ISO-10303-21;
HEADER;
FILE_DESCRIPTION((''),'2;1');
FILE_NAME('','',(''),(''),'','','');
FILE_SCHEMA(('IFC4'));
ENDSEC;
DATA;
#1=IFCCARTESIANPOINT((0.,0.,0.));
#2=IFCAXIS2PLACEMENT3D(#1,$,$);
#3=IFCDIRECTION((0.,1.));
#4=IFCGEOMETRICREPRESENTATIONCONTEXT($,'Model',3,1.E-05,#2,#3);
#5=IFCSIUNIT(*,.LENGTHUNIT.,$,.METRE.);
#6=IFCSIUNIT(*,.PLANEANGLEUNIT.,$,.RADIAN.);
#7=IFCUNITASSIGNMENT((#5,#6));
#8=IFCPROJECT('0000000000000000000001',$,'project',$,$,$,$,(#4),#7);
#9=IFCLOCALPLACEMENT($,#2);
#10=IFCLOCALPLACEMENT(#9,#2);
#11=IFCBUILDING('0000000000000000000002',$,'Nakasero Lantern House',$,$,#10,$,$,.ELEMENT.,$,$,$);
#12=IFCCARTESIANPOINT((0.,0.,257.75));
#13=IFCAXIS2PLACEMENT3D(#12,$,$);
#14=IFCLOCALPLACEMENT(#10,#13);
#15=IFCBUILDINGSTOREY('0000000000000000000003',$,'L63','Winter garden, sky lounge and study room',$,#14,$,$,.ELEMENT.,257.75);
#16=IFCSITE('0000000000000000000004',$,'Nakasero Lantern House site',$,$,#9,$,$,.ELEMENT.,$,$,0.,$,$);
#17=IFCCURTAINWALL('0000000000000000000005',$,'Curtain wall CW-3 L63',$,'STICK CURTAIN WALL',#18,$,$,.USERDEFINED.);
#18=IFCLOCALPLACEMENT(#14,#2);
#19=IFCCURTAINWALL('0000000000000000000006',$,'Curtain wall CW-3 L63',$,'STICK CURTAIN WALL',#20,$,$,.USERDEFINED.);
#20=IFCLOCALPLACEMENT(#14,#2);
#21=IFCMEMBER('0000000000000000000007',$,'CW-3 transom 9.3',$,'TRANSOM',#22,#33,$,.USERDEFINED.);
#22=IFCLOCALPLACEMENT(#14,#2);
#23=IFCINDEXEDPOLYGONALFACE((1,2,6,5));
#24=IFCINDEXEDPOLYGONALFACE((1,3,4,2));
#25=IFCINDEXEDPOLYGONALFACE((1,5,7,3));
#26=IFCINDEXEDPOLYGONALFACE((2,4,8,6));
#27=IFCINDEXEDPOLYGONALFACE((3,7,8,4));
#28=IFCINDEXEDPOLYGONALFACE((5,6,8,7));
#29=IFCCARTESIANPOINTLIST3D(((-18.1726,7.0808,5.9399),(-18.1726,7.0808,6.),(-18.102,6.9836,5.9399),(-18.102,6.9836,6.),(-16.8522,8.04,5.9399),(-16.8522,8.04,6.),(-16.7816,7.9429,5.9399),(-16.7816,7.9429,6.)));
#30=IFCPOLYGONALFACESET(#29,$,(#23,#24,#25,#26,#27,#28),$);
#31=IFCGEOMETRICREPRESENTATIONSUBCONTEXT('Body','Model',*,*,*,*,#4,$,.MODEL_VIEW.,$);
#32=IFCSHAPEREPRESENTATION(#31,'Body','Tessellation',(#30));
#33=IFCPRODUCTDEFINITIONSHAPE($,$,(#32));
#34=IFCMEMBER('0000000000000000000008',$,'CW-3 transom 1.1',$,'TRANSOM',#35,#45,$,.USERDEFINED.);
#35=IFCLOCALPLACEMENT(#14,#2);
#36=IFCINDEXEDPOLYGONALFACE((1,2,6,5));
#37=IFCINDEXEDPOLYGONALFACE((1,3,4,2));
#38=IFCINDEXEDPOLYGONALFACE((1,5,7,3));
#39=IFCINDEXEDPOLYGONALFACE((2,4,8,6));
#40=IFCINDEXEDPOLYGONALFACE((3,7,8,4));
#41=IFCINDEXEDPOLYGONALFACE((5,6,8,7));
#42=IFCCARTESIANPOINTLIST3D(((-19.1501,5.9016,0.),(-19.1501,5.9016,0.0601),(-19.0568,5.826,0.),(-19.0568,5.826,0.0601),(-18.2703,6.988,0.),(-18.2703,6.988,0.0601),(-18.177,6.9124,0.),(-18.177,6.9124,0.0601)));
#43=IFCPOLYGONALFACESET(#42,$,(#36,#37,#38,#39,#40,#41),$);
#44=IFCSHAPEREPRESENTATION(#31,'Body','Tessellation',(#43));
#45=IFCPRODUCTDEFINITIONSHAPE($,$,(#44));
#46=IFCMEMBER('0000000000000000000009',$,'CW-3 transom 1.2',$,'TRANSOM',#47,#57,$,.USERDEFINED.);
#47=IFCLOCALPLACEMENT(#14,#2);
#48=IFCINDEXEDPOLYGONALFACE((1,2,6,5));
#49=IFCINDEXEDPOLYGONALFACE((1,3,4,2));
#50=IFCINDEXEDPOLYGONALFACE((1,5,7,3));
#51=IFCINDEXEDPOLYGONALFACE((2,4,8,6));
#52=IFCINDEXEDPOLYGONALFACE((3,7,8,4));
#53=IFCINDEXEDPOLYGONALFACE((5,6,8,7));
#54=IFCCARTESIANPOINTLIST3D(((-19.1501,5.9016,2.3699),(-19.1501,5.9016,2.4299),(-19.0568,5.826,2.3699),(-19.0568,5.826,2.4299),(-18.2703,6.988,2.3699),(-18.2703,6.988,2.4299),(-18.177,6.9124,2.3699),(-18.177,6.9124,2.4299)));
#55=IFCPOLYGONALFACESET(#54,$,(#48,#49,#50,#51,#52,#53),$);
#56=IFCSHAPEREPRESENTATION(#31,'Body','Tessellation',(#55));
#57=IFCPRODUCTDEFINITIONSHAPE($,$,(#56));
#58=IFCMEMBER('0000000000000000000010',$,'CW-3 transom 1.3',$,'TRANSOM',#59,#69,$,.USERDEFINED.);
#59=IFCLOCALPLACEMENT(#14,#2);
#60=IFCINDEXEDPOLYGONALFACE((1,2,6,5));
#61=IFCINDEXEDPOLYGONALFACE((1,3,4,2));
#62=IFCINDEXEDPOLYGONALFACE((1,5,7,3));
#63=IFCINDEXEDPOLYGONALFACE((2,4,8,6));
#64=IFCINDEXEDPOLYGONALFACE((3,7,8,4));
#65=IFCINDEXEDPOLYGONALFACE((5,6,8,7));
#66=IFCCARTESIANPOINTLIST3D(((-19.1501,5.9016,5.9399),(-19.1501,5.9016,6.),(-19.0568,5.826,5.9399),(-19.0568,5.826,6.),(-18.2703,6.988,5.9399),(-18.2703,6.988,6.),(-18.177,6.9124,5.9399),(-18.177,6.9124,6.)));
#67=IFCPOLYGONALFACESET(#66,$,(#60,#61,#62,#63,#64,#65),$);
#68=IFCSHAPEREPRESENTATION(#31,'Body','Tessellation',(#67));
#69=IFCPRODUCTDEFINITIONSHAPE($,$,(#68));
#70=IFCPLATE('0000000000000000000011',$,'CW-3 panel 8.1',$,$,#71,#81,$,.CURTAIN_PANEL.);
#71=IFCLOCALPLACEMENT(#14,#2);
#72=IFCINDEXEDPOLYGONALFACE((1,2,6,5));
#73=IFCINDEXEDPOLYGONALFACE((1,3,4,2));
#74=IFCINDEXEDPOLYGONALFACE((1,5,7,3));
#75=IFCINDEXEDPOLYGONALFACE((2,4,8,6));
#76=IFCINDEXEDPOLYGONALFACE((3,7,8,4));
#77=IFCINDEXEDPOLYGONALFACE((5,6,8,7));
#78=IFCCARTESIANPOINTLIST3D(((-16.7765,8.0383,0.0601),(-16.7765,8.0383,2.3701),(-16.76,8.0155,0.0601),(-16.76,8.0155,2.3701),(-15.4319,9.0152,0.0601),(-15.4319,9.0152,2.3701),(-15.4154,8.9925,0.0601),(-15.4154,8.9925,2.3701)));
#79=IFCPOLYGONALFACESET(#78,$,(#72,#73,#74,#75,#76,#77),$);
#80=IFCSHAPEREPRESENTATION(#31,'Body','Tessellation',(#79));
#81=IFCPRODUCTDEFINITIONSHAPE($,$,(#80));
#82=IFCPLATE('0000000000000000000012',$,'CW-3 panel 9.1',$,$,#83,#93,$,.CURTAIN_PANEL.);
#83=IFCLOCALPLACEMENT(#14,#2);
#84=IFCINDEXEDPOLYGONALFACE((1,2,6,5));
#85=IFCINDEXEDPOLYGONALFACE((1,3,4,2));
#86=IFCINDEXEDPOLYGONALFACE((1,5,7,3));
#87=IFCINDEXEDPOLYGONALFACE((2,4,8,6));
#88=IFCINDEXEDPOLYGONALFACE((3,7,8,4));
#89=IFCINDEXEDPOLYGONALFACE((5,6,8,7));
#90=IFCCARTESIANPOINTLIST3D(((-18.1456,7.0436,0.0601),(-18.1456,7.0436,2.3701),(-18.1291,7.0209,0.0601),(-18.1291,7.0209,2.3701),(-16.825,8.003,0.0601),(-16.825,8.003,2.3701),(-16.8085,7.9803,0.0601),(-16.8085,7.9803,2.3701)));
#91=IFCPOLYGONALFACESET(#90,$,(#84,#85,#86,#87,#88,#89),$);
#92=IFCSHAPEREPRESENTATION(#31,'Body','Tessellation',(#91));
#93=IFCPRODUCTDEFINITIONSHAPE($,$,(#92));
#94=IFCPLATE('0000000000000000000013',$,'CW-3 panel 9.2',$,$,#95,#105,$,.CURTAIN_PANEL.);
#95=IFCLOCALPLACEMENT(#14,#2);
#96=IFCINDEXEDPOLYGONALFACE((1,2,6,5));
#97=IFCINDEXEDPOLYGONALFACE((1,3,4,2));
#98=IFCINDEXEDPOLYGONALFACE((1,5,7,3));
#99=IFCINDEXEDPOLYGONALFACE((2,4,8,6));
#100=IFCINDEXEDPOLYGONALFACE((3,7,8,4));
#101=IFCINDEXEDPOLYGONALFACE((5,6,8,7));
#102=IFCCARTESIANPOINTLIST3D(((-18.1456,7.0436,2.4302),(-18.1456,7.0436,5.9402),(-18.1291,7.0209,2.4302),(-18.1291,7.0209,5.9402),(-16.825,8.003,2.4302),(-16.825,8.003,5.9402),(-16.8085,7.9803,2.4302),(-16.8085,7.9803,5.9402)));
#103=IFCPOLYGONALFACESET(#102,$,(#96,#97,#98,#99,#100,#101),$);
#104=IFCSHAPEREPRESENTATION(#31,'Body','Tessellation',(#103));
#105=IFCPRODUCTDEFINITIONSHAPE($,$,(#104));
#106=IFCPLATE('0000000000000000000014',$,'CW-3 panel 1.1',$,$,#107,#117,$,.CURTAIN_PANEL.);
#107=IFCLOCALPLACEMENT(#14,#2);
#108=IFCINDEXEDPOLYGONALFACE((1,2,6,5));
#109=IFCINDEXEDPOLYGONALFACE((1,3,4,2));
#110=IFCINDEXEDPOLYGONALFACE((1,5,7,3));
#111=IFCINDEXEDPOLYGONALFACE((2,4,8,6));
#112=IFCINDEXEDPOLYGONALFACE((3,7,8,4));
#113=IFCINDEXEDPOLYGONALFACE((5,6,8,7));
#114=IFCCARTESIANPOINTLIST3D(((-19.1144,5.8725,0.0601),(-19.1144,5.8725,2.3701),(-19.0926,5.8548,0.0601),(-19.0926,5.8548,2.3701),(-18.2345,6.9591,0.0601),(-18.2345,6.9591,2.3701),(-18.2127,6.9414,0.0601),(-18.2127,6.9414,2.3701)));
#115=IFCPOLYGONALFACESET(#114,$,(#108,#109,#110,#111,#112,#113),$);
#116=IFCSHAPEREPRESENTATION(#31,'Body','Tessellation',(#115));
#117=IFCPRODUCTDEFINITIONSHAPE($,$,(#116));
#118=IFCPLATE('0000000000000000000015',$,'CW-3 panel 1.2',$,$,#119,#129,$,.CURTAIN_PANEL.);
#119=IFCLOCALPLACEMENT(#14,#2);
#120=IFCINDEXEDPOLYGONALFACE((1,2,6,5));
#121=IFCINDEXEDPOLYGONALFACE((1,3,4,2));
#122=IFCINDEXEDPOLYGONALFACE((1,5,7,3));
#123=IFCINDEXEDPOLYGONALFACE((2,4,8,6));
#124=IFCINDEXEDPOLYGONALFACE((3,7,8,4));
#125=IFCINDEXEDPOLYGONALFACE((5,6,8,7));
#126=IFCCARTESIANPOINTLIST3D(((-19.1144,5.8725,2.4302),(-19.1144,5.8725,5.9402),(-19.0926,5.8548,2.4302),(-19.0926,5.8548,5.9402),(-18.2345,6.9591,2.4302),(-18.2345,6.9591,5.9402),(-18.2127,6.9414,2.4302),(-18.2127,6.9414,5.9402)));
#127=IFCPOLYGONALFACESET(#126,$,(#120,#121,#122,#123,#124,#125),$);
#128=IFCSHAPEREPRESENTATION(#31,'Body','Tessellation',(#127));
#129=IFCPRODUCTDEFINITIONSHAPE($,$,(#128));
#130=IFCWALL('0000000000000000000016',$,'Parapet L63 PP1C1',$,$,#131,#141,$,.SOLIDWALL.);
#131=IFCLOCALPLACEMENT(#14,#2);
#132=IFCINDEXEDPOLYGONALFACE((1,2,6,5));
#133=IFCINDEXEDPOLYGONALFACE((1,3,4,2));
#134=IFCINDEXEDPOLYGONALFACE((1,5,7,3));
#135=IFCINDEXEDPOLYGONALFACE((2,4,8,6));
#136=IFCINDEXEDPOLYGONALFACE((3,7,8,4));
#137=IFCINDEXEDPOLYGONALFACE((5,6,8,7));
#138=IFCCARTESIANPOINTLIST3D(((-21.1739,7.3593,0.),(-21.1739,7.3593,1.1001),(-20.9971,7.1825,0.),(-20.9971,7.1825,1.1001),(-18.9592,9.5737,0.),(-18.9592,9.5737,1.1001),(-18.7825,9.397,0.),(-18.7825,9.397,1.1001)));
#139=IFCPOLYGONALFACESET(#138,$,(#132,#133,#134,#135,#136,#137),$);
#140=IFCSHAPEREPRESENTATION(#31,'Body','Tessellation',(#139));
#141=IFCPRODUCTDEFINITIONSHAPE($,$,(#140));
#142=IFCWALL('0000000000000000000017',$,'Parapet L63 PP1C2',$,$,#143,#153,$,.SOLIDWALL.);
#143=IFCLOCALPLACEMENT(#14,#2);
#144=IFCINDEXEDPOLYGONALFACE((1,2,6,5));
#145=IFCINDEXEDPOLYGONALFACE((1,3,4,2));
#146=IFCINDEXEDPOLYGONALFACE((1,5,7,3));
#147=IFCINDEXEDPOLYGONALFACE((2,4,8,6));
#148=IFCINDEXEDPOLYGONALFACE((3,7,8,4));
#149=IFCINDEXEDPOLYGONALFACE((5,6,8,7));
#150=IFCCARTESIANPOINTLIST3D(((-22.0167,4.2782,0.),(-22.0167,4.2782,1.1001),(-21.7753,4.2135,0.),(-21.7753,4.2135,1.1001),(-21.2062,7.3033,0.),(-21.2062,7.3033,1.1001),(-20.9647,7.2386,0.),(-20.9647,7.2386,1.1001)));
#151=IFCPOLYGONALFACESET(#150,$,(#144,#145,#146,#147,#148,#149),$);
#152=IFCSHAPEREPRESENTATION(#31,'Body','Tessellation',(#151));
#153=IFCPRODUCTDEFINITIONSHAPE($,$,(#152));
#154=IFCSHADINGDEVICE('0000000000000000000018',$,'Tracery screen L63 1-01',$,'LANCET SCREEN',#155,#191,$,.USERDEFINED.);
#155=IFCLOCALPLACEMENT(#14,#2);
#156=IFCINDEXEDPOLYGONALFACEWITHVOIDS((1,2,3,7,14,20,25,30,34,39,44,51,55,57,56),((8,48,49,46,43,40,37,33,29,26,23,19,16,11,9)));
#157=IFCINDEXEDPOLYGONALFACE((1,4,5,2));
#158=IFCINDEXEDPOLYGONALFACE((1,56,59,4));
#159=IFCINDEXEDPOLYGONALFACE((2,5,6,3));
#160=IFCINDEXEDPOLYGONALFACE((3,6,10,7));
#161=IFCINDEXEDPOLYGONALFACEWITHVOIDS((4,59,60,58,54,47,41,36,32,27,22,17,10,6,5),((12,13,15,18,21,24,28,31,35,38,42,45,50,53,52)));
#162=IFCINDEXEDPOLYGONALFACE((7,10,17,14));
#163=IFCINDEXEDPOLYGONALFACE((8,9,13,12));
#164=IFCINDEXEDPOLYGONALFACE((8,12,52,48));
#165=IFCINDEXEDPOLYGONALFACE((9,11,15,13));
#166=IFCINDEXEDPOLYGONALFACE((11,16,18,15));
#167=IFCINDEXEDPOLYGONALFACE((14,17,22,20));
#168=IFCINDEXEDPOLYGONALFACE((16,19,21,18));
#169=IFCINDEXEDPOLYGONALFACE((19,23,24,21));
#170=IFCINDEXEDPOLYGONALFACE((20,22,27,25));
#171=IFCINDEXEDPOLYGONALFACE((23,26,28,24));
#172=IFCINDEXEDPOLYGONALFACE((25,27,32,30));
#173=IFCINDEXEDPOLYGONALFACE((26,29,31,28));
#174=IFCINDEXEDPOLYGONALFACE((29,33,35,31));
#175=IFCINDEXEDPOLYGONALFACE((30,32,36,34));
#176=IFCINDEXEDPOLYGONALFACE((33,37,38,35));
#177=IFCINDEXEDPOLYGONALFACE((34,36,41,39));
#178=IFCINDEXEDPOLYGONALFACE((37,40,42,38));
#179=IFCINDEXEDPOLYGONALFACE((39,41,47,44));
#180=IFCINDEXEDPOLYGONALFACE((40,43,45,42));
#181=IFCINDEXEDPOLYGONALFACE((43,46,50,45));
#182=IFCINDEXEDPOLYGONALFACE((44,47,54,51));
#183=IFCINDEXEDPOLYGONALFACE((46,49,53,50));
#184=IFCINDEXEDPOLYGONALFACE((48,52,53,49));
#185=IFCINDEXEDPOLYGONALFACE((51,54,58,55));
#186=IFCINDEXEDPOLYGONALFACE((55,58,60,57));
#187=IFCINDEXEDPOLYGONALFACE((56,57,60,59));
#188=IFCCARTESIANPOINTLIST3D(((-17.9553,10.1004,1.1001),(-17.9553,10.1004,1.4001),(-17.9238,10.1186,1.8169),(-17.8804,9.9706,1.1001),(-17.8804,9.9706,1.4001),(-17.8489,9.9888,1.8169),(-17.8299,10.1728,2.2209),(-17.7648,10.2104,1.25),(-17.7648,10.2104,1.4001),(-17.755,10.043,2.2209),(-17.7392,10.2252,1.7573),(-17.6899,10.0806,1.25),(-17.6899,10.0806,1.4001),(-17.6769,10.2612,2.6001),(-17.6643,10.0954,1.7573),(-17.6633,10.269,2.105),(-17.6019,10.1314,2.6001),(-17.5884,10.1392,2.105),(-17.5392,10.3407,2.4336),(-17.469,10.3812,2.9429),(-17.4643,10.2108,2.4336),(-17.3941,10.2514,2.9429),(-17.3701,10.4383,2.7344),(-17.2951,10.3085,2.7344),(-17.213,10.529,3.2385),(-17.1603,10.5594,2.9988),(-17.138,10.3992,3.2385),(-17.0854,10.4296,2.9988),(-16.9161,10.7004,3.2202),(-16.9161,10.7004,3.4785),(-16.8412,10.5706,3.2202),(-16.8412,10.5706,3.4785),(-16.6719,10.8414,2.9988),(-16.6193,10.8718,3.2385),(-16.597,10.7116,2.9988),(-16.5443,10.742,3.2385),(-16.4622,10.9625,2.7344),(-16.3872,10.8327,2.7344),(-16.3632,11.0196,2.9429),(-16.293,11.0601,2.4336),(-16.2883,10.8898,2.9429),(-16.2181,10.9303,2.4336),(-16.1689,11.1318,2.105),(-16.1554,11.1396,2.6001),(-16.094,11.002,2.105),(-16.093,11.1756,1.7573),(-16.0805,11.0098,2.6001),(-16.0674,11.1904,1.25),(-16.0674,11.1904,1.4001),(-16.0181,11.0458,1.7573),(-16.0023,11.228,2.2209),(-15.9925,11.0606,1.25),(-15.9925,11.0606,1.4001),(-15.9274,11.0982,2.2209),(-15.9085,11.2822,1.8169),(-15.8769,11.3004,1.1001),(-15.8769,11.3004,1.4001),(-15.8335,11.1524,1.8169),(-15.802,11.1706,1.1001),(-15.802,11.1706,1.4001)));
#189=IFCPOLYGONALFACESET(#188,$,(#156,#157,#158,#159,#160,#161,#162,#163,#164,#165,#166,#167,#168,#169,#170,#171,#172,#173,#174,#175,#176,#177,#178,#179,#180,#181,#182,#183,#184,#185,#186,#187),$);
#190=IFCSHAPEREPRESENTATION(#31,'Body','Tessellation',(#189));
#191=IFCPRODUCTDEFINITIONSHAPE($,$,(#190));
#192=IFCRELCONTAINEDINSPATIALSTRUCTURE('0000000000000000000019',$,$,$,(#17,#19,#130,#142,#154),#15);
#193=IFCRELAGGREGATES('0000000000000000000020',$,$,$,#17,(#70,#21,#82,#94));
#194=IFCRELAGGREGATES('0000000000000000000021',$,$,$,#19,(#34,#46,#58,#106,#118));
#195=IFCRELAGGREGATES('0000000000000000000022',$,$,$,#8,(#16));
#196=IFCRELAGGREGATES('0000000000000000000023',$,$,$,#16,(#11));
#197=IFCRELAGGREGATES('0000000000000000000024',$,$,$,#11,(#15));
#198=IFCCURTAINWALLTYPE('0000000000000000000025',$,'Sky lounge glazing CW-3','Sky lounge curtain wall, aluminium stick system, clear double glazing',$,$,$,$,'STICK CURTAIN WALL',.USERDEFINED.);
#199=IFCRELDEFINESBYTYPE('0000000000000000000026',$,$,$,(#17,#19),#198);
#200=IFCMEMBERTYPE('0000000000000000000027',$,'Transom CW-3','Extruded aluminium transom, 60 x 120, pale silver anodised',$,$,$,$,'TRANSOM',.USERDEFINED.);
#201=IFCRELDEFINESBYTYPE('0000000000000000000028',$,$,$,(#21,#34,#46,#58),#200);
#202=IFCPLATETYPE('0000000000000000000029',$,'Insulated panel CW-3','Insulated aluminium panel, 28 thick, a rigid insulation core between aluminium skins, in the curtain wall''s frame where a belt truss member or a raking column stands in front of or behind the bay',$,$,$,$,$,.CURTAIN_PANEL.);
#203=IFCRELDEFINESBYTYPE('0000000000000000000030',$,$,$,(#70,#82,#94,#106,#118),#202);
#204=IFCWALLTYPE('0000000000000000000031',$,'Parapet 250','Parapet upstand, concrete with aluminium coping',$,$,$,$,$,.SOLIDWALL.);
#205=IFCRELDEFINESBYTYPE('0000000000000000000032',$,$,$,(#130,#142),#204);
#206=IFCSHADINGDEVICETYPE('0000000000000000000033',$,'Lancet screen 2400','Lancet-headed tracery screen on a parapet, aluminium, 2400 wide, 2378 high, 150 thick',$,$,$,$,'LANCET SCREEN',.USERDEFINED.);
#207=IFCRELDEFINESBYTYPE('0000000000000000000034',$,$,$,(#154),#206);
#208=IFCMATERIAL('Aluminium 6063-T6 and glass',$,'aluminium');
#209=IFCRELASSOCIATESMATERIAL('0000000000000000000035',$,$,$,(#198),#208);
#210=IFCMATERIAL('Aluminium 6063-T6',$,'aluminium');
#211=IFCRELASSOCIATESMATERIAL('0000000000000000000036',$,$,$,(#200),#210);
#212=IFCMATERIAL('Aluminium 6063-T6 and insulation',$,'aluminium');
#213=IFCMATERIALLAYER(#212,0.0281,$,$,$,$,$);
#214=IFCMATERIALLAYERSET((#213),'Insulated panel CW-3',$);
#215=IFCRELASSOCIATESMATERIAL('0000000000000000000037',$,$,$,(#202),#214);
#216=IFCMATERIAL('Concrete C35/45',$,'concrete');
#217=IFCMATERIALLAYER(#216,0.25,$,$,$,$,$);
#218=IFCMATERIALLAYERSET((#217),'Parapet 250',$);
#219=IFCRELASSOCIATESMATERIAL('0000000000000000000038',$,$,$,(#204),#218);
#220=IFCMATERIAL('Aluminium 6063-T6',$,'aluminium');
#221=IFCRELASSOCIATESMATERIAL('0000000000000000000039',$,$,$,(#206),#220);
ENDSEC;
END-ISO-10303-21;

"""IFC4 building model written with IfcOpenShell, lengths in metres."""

from ifc_helpers import new_model, si_unit, direction, frame, frame_2d, origin, origin_2d, place, context, subcontext, project, spatial, polyline, rectangle, outline, extrude, material, layer, layer_set, material_profile, profile_set, type_object, element, aggregate, save


model = new_model("IFC4")

# Units and contexts
model_context = context("Model", 3, precision=1e-05, world=origin(), true_north=direction((0.0, 1.0)))
body_context = subcontext(model_context, "Body", "Model", "MODEL_VIEW")
ifc_project = project(units=[si_unit("LENGTHUNIT", "METRE"), si_unit("PLANEANGLEUNIT", "RADIAN")], contexts=[model_context])

# Site, building, storey
site_placement = place(None, origin())
site = spatial("IfcSite", under=ifc_project, at=site_placement, Name="Nakasero Lantern House site", CompositionType="ELEMENT", RefElevation=0.0)
building_placement = place(site_placement, origin())
building = spatial("IfcBuilding", under=site, at=building_placement, Name="Nakasero Lantern House", CompositionType="ELEMENT")
storey_placement = place(building_placement, frame((0.0, 0.0, 257.75)))
storey = spatial("IfcBuildingStorey", under=building, at=storey_placement, Name="L63", Description="Winter garden, sky lounge and study room", CompositionType="ELEMENT", Elevation=257.75)

# Curtain wall
ifc_material_1 = material(Name="Aluminium 6063-T6 and glass", Category="aluminium")
curtain_wall_type = type_object("IfcCurtainWallType", Name="Sky lounge glazing CW-3", Description="Sky lounge curtain wall, aluminium stick system, clear double glazing", ElementType="STICK CURTAIN WALL", PredefinedType="USERDEFINED", material=ifc_material_1)
curtain_wall_1_placement = place(storey_placement, origin())
curtain_wall_1 = element("IfcCurtainWall", 1, at=curtain_wall_1_placement, inside=storey, type_object=curtain_wall_type, Name="Curtain wall CW-3 L63", ObjectType="STICK CURTAIN WALL", PredefinedType="USERDEFINED")

# Curtain wall
curtain_wall_2_placement = place(storey_placement, origin())
curtain_wall_2 = element("IfcCurtainWall", 2, at=curtain_wall_2_placement, inside=storey, type_object=curtain_wall_type, Name="Curtain wall CW-3 L63", ObjectType="STICK CURTAIN WALL", PredefinedType="USERDEFINED")

# Members
ifc_material_2 = material(Name="Aluminium 6063-T6", Category="aluminium")
ifc_material_profile_1 = material_profile(ifc_material_2, rectangle(XDim=0.0601, YDim=0.1201, at=origin_2d()), Name="CW-3 transom 60x120")
ifc_profile_set_1 = profile_set([ifc_material_profile_1], Name="Aluminium 6063-T6")
member_type_1 = type_object("IfcMemberType", Name="Transom CW-3", Description="Extruded aluminium transom, 60 x 120, pale silver anodised", ElementType="TRANSOM", PredefinedType="USERDEFINED", material=ifc_profile_set_1)
member_1_placement = place(storey_placement, frame((-16.8169, 7.9915, 5.97), z_axis=(-0.809027, -0.587771, 0.0), x_axis=(0.0, 0.0, 1.0)))
member_1 = element("IfcMember", 3, at=member_1_placement, type_object=member_type_1, Name="CW-3 transom 9.3", ObjectType="TRANSOM", PredefinedType="USERDEFINED", context=body_context, shape_type="SweptSolid", body=[
    extrude(rectangle(XDim=0.0601, YDim=0.1201, at=origin_2d()), origin(), (0.0, 0.0, 1.0), 1.6321),
])
member_2_placement = place(storey_placement, frame((-18.2236, 6.9502, 0.03), z_axis=(-0.629369, -0.777107, 0.0), x_axis=(0.0, 0.0, 1.0)))
member_2 = element("IfcMember", 4, at=member_2_placement, type_object=member_type_1, Name="CW-3 transom 1.1", ObjectType="TRANSOM", PredefinedType="USERDEFINED", context=body_context, shape_type="SweptSolid", body=[
    extrude(rectangle(XDim=0.0601, YDim=0.1201, at=origin_2d()), origin(), (0.0, 0.0, 1.0), 1.3979),
])
member_3_placement = place(storey_placement, frame((-18.2236, 6.9502, 2.3999), z_axis=(-0.629369, -0.777107, 0.0), x_axis=(0.0, 0.0, 1.0)))
member_3 = element("IfcMember", 5, at=member_3_placement, type_object=member_type_1, Name="CW-3 transom 1.2", ObjectType="TRANSOM", PredefinedType="USERDEFINED", context=body_context, shape_type="SweptSolid", body=[
    extrude(rectangle(XDim=0.0601, YDim=0.1201, at=origin_2d()), origin(), (0.0, 0.0, 1.0), 1.3979),
])
member_4_placement = place(storey_placement, frame((-18.2236, 6.9502, 5.97), z_axis=(-0.629369, -0.777107, 0.0), x_axis=(0.0, 0.0, 1.0)))
member_4 = element("IfcMember", 6, at=member_4_placement, type_object=member_type_1, Name="CW-3 transom 1.3", ObjectType="TRANSOM", PredefinedType="USERDEFINED", context=body_context, shape_type="SweptSolid", body=[
    extrude(rectangle(XDim=0.0601, YDim=0.1201, at=origin_2d()), origin(), (0.0, 0.0, 1.0), 1.3979),
])

# Plates
ifc_material_3 = material(Name="Aluminium 6063-T6 and insulation", Category="aluminium")
ifc_layer_1 = layer(ifc_material_3, 0.0281)
ifc_layer_set_1 = layer_set([ifc_layer_1], Name="Insulated panel CW-3")
plate_type = type_object("IfcPlateType", Name="Insulated panel CW-3", Description="Insulated aluminium panel, 28 thick, a rigid insulation core between aluminium skins, in the curtain wall's frame where a belt truss member or a raking column stands in front of or behind the bay", PredefinedType="CURTAIN_PANEL", material=ifc_layer_set_1)
plate_1_placement = place(storey_placement, frame((-16.0959, 8.5154, 0.0601), z_axis=(0.0, 0.0, 1.0), x_axis=(-0.809017, -0.587785, 0.0)))
plate_1 = element("IfcPlate", 7, at=plate_1_placement, type_object=plate_type, Name="CW-3 panel 8.1", PredefinedType="CURTAIN_PANEL", context=body_context, shape_type="SweptSolid", body=[
    extrude(rectangle(XDim=1.6621, YDim=0.0281, at=origin_2d()), origin(), (0.0, 0.0, 1.0), 2.3101),
])
plate_2_placement = place(storey_placement, frame((-17.4771, 7.512, 0.0601), z_axis=(0.0, 0.0, 1.0), x_axis=(-0.809017, -0.587785, 0.0)))
plate_2 = element("IfcPlate", 8, at=plate_2_placement, type_object=plate_type, Name="CW-3 panel 9.1", PredefinedType="CURTAIN_PANEL", context=body_context, shape_type="SweptSolid", body=[
    extrude(rectangle(XDim=1.6323, YDim=0.0281, at=origin_2d()), origin(), (0.0, 0.0, 1.0), 2.3101),
])
plate_3_placement = place(storey_placement, frame((-17.4771, 7.512, 2.4302), z_axis=(0.0, 0.0, 1.0), x_axis=(-0.809017, -0.587785, 0.0)))
plate_3 = element("IfcPlate", 9, at=plate_3_placement, type_object=plate_type, Name="CW-3 panel 9.2", PredefinedType="CURTAIN_PANEL", context=body_context, shape_type="SweptSolid", body=[
    extrude(rectangle(XDim=1.6323, YDim=0.0281, at=origin_2d()), origin(), (0.0, 0.0, 1.0), 3.51),
])
aggregate(curtain_wall_1, [plate_1, member_1, plate_2, plate_3])
plate_4_placement = place(storey_placement, frame((-18.6636, 6.407, 0.0601), z_axis=(0.0, 0.0, 1.0), x_axis=(-0.62932, -0.777146, 0.0)))
plate_4 = element("IfcPlate", 10, at=plate_4_placement, type_object=plate_type, Name="CW-3 panel 1.1", PredefinedType="CURTAIN_PANEL", context=body_context, shape_type="SweptSolid", body=[
    extrude(rectangle(XDim=1.3982, YDim=0.0281, at=origin_2d()), origin(), (0.0, 0.0, 1.0), 2.3101),
])
plate_5_placement = place(storey_placement, frame((-18.6636, 6.407, 2.4302), z_axis=(0.0, 0.0, 1.0), x_axis=(-0.62932, -0.777146, 0.0)))
plate_5 = element("IfcPlate", 11, at=plate_5_placement, type_object=plate_type, Name="CW-3 panel 1.2", PredefinedType="CURTAIN_PANEL", context=body_context, shape_type="SweptSolid", body=[
    extrude(rectangle(XDim=1.3982, YDim=0.0281, at=origin_2d()), origin(), (0.0, 0.0, 1.0), 3.51),
])
aggregate(curtain_wall_2, [member_2, member_3, member_4, plate_4, plate_5])

# Walls
ifc_material_4 = material(Name="Concrete C35/45", Category="concrete")
ifc_layer_2 = layer(ifc_material_4, 0.25)
ifc_layer_set_2 = layer_set([ifc_layer_2], Name="Parapet 250")
wall_type = type_object("IfcWallType", Name="Parapet 250", Description="Parapet upstand, concrete with aluminium coping", PredefinedType="SOLIDWALL", material=ifc_layer_set_2)
for number, where, z_axis, x_axis, name in (
    (12, (-18.8708, 9.4854, 0.0), (0.0, 0.0, 1.0), (-0.707146, -0.707068, 0.0), "Parapet L63 PP1C1"),
    (13, (-21.0854, 7.271, 0.0), (0.0, 0.0, 1.0), (-0.258808, -0.965929, 0.0), "Parapet L63 PP1C2"),
):
    element("IfcWall", number, at=place(storey_placement, frame(where, z_axis=z_axis, x_axis=x_axis)), inside=storey, type_object=wall_type, Name=name, PredefinedType="SOLIDWALL", context=body_context, shape_type="SweptSolid", body=[
        extrude(rectangle(XDim=3.1318, YDim=0.25, at=frame_2d((1.5659, 0.0))), origin(), (0.0, 0.0, 1.0), 1.1001),
    ])

# Shading device
ifc_material_5 = material(Name="Aluminium 6063-T6", Category="aluminium")
shading_device_type = type_object("IfcShadingDeviceType", Name="Lancet screen 2400", Description="Lancet-headed tracery screen on a parapet, aluminium, 2400 wide, 2378 high, 150 thick", ElementType="LANCET SCREEN", PredefinedType="USERDEFINED", material=ifc_material_5)
shading_device_placement = place(storey_placement, frame((-16.8787, 10.6355, 1.1001), z_axis=(0.0, 0.0, 1.0), x_axis=(-0.866025, -0.5, 0.0)))
element("IfcShadingDevice", 14, at=shading_device_placement, inside=storey, type_object=shading_device_type, Name="Tracery screen L63 1-01", ObjectType="LANCET SCREEN", PredefinedType="USERDEFINED", context=body_context, shape_type="SweptSolid", body=[
    extrude(outline(polyline([(-1.2, 0.0), (1.2, 0.0), (1.2, 0.3), (1.1636, 0.7168), (1.0552, 1.1208), (0.8784, 1.5), (0.6384, 1.8428), (0.3428, 2.1384), (0.0, 2.3784), (-0.3428, 2.1384), (-0.6384, 1.8428), (-0.8784, 1.5), (-1.0552, 1.1208), (-1.1636, 0.7168), (-1.2, 0.3), (-1.2, 0.0)]), holes=[polyline([(-0.98, 0.1499), (0.98, 0.1499), (0.98, 0.3), (0.9504, 0.6572), (0.8628, 1.0049), (0.7195, 1.3335), (0.5242, 1.6343), (0.282, 1.8987), (0.0, 2.1201), (-0.282, 1.8987), (-0.5242, 1.6343), (-0.7195, 1.3335), (-0.8628, 1.0049), (-0.9504, 0.6572), (-0.98, 0.3), (-0.98, 0.1499)])]), frame((0.0, 0.075, 0.0), z_axis=(0.0, -1.0, 0.0), x_axis=(1.0, 0.0, 0.0)), (0.0, 0.0, 1.0), 0.1499),
])

save(model, "model.ifc")
